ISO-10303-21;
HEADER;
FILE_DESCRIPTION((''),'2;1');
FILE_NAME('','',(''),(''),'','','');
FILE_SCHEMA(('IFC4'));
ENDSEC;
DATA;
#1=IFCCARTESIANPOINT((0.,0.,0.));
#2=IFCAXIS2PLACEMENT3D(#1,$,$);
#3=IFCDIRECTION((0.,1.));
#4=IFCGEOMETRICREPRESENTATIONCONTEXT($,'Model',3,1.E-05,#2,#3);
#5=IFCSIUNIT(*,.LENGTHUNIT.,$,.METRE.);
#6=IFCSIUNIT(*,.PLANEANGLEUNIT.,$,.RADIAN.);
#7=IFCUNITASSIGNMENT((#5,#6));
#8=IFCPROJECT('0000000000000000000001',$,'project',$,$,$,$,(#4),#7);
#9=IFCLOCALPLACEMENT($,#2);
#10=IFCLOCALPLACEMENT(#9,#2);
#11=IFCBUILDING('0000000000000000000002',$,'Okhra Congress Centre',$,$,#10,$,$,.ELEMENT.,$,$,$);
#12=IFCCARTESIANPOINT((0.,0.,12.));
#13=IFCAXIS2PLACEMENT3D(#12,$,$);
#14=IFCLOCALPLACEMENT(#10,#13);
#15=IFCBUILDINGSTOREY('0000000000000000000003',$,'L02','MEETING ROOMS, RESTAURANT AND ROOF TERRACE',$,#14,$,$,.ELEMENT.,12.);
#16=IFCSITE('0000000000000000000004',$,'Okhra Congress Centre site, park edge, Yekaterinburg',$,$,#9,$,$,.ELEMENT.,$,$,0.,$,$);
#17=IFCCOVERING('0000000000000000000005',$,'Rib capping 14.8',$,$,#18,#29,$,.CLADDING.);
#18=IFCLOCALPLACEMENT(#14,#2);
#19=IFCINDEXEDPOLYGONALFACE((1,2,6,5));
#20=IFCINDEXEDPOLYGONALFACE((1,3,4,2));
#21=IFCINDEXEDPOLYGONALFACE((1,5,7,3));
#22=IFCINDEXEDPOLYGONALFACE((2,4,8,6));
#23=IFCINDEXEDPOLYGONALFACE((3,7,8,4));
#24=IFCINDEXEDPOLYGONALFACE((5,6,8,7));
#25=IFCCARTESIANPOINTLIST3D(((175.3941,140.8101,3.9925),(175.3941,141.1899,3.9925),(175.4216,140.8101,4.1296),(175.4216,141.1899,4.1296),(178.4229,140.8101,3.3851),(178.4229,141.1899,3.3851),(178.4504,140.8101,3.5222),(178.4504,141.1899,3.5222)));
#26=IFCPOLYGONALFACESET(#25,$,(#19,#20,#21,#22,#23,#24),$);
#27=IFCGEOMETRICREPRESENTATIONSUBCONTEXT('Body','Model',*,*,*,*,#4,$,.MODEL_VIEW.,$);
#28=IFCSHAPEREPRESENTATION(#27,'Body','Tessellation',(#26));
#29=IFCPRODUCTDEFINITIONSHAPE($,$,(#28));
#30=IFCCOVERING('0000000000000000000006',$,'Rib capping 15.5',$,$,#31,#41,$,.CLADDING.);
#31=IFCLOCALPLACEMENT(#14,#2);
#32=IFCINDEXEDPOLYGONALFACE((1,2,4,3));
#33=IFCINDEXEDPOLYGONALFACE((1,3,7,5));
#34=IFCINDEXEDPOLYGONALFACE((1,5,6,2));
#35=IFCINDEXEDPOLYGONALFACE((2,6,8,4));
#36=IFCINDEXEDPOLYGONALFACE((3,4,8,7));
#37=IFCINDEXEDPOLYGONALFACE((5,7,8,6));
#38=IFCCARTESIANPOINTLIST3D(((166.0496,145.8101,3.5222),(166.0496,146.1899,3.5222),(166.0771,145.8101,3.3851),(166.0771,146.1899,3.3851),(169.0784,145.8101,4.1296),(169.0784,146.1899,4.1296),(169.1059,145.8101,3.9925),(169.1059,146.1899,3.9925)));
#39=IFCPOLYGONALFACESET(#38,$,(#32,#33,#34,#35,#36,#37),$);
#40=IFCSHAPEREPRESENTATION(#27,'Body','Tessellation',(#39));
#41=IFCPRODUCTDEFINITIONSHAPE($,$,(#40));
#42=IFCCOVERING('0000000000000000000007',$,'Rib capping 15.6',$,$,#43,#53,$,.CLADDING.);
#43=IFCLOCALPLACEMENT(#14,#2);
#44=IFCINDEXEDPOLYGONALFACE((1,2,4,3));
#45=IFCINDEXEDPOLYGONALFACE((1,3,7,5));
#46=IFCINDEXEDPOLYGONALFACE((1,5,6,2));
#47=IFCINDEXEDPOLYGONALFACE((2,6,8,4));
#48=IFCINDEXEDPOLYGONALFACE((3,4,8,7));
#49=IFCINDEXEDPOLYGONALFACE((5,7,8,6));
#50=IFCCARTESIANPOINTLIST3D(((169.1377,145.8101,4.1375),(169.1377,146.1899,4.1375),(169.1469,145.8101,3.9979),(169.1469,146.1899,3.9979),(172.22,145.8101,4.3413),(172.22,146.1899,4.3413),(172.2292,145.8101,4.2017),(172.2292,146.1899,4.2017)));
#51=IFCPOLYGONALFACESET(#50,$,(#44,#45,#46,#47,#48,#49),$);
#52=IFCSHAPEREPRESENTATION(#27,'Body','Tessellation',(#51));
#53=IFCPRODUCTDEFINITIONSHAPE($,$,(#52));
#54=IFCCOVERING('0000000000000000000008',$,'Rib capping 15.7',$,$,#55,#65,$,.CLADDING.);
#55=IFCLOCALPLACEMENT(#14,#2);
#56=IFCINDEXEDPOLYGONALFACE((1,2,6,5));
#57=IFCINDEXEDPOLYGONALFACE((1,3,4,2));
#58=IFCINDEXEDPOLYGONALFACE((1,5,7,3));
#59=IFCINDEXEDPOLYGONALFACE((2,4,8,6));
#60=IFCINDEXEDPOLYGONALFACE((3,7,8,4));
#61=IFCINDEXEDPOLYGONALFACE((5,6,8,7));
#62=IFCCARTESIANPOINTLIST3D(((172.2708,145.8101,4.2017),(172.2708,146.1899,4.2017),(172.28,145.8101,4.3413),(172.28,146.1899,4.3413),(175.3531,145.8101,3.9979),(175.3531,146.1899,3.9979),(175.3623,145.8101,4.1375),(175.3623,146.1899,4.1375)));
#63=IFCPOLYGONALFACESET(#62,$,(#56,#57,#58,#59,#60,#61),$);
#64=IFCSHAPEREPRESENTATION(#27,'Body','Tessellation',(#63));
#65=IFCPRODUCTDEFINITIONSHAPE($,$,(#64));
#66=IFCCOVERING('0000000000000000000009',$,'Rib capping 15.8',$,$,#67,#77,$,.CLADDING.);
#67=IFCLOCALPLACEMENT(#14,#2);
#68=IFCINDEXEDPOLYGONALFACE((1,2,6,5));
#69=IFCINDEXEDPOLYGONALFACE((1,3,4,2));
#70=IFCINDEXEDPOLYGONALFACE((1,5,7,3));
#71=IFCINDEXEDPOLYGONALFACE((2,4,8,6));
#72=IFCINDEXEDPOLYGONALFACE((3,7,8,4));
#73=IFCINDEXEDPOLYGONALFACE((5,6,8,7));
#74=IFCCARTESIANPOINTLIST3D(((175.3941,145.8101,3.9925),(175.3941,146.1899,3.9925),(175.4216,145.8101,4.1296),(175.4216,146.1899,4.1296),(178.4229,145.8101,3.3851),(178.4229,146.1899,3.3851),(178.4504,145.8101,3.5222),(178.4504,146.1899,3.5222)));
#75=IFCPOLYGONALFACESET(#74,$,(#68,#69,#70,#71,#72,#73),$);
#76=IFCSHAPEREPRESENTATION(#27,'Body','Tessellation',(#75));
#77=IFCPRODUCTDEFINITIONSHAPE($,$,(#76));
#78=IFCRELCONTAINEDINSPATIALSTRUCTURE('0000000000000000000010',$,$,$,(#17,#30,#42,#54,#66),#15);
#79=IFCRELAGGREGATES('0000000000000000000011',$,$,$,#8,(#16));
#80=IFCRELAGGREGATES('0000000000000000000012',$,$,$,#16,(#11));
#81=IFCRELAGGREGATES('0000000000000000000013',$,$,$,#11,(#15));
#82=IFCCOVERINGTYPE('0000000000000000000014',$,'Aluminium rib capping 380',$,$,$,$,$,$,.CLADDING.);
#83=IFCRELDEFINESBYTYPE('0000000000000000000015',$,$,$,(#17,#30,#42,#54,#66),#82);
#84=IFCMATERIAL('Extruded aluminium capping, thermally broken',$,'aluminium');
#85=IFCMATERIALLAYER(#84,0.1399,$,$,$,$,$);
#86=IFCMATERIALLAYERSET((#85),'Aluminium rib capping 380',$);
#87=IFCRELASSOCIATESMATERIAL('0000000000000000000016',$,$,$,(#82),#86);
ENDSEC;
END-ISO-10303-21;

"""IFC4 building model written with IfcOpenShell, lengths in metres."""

from ifc_helpers import new_model, si_unit, direction, frame, origin, place, context, subcontext, project, spatial, polyline, outline, extrude, material, layer, layer_set, type_object, element, save


model = new_model("IFC4")

# Units and contexts
model_context = context("Model", 3, precision=1e-05, world=origin(), true_north=direction((0.0, 1.0)))
body_context = subcontext(model_context, "Body", "Model", "MODEL_VIEW")
ifc_project = project(units=[si_unit("LENGTHUNIT", "METRE"), si_unit("PLANEANGLEUNIT", "RADIAN")], contexts=[model_context])

# Site, building, storey
site_placement = place(None, origin())
site = spatial("IfcSite", under=ifc_project, at=site_placement, Name="Okhra Congress Centre site, park edge, Yekaterinburg", CompositionType="ELEMENT", RefElevation=0.0)
building_placement = place(site_placement, origin())
building = spatial("IfcBuilding", under=site, at=building_placement, Name="Okhra Congress Centre", CompositionType="ELEMENT")
storey_placement = place(building_placement, frame((0.0, 0.0, 12.0)))
storey = spatial("IfcBuildingStorey", under=building, at=storey_placement, Name="L02", Description="MEETING ROOMS, RESTAURANT AND ROOF TERRACE", CompositionType="ELEMENT", Elevation=12.0)

# Coverings
ifc_material_1 = material(Name="Extruded aluminium capping, thermally broken", Category="aluminium")
ifc_layer = layer(ifc_material_1, 0.1399)
ifc_layer_set = layer_set([ifc_layer], Name="Aluminium rib capping 380")
covering_type = type_object("IfcCoveringType", Name="Aluminium rib capping 380", PredefinedType="CLADDING", material=ifc_layer_set)
for number, where, z_axis, x_axis, name in (
    (1, (175.4216, 140.8101, 4.1296), (0.196633, 0.0, 0.980477), (0.980477, 0.0, -0.196633), "Rib capping 14.8"),
    (2, (166.0496, 145.8101, 3.5222), (-0.196633, 0.0, 0.980477), (0.980477, 0.0, 0.196633), "Rib capping 15.5"),
):
    element("IfcCovering", number, at=place(storey_placement, frame(where, z_axis=z_axis, x_axis=x_axis)), inside=storey, type_object=covering_type, Name=name, PredefinedType="CLADDING", context=body_context, shape_type="SweptSolid", body=[
        extrude(outline(polyline([(0.0, 0.0), (3.0891, 0.0), (3.0891, 0.3799), (0.0, 0.3799), (0.0, 0.0)])), origin(), (0.0, 0.0, -1.0), 0.1399),
    ])
for number, where, z_axis, x_axis, name in (
    (3, (169.1377, 145.8101, 4.1375), (-0.065994, 0.0, 0.99782), (0.99782, 0.0, 0.065994), "Rib capping 15.6"),
    (4, (172.28, 145.8101, 4.3413), (0.065994, 0.0, 0.99782), (0.99782, 0.0, -0.065994), "Rib capping 15.7"),
):
    element("IfcCovering", number, at=place(storey_placement, frame(where, z_axis=z_axis, x_axis=x_axis)), inside=storey, type_object=covering_type, Name=name, PredefinedType="CLADDING", context=body_context, shape_type="SweptSolid", body=[
        extrude(outline(polyline([(0.0, 0.0), (3.089, 0.0), (3.089, 0.3799), (0.0, 0.3799), (0.0, 0.0)])), origin(), (0.0, 0.0, -1.0), 0.1399),
    ])
covering_1_placement = place(storey_placement, frame((175.4216, 145.8101, 4.1296), z_axis=(0.196633, 0.0, 0.980477), x_axis=(0.980477, 0.0, -0.196633)))
element("IfcCovering", 5, at=covering_1_placement, inside=storey, type_object=covering_type, Name="Rib capping 15.8", PredefinedType="CLADDING", context=body_context, shape_type="SweptSolid", body=[
    extrude(outline(polyline([(0.0, 0.0), (3.0891, 0.0), (3.0891, 0.3799), (0.0, 0.3799), (0.0, 0.0)])), origin(), (0.0, 0.0, -1.0), 0.1399),
])

save(model, "model.ifc")
